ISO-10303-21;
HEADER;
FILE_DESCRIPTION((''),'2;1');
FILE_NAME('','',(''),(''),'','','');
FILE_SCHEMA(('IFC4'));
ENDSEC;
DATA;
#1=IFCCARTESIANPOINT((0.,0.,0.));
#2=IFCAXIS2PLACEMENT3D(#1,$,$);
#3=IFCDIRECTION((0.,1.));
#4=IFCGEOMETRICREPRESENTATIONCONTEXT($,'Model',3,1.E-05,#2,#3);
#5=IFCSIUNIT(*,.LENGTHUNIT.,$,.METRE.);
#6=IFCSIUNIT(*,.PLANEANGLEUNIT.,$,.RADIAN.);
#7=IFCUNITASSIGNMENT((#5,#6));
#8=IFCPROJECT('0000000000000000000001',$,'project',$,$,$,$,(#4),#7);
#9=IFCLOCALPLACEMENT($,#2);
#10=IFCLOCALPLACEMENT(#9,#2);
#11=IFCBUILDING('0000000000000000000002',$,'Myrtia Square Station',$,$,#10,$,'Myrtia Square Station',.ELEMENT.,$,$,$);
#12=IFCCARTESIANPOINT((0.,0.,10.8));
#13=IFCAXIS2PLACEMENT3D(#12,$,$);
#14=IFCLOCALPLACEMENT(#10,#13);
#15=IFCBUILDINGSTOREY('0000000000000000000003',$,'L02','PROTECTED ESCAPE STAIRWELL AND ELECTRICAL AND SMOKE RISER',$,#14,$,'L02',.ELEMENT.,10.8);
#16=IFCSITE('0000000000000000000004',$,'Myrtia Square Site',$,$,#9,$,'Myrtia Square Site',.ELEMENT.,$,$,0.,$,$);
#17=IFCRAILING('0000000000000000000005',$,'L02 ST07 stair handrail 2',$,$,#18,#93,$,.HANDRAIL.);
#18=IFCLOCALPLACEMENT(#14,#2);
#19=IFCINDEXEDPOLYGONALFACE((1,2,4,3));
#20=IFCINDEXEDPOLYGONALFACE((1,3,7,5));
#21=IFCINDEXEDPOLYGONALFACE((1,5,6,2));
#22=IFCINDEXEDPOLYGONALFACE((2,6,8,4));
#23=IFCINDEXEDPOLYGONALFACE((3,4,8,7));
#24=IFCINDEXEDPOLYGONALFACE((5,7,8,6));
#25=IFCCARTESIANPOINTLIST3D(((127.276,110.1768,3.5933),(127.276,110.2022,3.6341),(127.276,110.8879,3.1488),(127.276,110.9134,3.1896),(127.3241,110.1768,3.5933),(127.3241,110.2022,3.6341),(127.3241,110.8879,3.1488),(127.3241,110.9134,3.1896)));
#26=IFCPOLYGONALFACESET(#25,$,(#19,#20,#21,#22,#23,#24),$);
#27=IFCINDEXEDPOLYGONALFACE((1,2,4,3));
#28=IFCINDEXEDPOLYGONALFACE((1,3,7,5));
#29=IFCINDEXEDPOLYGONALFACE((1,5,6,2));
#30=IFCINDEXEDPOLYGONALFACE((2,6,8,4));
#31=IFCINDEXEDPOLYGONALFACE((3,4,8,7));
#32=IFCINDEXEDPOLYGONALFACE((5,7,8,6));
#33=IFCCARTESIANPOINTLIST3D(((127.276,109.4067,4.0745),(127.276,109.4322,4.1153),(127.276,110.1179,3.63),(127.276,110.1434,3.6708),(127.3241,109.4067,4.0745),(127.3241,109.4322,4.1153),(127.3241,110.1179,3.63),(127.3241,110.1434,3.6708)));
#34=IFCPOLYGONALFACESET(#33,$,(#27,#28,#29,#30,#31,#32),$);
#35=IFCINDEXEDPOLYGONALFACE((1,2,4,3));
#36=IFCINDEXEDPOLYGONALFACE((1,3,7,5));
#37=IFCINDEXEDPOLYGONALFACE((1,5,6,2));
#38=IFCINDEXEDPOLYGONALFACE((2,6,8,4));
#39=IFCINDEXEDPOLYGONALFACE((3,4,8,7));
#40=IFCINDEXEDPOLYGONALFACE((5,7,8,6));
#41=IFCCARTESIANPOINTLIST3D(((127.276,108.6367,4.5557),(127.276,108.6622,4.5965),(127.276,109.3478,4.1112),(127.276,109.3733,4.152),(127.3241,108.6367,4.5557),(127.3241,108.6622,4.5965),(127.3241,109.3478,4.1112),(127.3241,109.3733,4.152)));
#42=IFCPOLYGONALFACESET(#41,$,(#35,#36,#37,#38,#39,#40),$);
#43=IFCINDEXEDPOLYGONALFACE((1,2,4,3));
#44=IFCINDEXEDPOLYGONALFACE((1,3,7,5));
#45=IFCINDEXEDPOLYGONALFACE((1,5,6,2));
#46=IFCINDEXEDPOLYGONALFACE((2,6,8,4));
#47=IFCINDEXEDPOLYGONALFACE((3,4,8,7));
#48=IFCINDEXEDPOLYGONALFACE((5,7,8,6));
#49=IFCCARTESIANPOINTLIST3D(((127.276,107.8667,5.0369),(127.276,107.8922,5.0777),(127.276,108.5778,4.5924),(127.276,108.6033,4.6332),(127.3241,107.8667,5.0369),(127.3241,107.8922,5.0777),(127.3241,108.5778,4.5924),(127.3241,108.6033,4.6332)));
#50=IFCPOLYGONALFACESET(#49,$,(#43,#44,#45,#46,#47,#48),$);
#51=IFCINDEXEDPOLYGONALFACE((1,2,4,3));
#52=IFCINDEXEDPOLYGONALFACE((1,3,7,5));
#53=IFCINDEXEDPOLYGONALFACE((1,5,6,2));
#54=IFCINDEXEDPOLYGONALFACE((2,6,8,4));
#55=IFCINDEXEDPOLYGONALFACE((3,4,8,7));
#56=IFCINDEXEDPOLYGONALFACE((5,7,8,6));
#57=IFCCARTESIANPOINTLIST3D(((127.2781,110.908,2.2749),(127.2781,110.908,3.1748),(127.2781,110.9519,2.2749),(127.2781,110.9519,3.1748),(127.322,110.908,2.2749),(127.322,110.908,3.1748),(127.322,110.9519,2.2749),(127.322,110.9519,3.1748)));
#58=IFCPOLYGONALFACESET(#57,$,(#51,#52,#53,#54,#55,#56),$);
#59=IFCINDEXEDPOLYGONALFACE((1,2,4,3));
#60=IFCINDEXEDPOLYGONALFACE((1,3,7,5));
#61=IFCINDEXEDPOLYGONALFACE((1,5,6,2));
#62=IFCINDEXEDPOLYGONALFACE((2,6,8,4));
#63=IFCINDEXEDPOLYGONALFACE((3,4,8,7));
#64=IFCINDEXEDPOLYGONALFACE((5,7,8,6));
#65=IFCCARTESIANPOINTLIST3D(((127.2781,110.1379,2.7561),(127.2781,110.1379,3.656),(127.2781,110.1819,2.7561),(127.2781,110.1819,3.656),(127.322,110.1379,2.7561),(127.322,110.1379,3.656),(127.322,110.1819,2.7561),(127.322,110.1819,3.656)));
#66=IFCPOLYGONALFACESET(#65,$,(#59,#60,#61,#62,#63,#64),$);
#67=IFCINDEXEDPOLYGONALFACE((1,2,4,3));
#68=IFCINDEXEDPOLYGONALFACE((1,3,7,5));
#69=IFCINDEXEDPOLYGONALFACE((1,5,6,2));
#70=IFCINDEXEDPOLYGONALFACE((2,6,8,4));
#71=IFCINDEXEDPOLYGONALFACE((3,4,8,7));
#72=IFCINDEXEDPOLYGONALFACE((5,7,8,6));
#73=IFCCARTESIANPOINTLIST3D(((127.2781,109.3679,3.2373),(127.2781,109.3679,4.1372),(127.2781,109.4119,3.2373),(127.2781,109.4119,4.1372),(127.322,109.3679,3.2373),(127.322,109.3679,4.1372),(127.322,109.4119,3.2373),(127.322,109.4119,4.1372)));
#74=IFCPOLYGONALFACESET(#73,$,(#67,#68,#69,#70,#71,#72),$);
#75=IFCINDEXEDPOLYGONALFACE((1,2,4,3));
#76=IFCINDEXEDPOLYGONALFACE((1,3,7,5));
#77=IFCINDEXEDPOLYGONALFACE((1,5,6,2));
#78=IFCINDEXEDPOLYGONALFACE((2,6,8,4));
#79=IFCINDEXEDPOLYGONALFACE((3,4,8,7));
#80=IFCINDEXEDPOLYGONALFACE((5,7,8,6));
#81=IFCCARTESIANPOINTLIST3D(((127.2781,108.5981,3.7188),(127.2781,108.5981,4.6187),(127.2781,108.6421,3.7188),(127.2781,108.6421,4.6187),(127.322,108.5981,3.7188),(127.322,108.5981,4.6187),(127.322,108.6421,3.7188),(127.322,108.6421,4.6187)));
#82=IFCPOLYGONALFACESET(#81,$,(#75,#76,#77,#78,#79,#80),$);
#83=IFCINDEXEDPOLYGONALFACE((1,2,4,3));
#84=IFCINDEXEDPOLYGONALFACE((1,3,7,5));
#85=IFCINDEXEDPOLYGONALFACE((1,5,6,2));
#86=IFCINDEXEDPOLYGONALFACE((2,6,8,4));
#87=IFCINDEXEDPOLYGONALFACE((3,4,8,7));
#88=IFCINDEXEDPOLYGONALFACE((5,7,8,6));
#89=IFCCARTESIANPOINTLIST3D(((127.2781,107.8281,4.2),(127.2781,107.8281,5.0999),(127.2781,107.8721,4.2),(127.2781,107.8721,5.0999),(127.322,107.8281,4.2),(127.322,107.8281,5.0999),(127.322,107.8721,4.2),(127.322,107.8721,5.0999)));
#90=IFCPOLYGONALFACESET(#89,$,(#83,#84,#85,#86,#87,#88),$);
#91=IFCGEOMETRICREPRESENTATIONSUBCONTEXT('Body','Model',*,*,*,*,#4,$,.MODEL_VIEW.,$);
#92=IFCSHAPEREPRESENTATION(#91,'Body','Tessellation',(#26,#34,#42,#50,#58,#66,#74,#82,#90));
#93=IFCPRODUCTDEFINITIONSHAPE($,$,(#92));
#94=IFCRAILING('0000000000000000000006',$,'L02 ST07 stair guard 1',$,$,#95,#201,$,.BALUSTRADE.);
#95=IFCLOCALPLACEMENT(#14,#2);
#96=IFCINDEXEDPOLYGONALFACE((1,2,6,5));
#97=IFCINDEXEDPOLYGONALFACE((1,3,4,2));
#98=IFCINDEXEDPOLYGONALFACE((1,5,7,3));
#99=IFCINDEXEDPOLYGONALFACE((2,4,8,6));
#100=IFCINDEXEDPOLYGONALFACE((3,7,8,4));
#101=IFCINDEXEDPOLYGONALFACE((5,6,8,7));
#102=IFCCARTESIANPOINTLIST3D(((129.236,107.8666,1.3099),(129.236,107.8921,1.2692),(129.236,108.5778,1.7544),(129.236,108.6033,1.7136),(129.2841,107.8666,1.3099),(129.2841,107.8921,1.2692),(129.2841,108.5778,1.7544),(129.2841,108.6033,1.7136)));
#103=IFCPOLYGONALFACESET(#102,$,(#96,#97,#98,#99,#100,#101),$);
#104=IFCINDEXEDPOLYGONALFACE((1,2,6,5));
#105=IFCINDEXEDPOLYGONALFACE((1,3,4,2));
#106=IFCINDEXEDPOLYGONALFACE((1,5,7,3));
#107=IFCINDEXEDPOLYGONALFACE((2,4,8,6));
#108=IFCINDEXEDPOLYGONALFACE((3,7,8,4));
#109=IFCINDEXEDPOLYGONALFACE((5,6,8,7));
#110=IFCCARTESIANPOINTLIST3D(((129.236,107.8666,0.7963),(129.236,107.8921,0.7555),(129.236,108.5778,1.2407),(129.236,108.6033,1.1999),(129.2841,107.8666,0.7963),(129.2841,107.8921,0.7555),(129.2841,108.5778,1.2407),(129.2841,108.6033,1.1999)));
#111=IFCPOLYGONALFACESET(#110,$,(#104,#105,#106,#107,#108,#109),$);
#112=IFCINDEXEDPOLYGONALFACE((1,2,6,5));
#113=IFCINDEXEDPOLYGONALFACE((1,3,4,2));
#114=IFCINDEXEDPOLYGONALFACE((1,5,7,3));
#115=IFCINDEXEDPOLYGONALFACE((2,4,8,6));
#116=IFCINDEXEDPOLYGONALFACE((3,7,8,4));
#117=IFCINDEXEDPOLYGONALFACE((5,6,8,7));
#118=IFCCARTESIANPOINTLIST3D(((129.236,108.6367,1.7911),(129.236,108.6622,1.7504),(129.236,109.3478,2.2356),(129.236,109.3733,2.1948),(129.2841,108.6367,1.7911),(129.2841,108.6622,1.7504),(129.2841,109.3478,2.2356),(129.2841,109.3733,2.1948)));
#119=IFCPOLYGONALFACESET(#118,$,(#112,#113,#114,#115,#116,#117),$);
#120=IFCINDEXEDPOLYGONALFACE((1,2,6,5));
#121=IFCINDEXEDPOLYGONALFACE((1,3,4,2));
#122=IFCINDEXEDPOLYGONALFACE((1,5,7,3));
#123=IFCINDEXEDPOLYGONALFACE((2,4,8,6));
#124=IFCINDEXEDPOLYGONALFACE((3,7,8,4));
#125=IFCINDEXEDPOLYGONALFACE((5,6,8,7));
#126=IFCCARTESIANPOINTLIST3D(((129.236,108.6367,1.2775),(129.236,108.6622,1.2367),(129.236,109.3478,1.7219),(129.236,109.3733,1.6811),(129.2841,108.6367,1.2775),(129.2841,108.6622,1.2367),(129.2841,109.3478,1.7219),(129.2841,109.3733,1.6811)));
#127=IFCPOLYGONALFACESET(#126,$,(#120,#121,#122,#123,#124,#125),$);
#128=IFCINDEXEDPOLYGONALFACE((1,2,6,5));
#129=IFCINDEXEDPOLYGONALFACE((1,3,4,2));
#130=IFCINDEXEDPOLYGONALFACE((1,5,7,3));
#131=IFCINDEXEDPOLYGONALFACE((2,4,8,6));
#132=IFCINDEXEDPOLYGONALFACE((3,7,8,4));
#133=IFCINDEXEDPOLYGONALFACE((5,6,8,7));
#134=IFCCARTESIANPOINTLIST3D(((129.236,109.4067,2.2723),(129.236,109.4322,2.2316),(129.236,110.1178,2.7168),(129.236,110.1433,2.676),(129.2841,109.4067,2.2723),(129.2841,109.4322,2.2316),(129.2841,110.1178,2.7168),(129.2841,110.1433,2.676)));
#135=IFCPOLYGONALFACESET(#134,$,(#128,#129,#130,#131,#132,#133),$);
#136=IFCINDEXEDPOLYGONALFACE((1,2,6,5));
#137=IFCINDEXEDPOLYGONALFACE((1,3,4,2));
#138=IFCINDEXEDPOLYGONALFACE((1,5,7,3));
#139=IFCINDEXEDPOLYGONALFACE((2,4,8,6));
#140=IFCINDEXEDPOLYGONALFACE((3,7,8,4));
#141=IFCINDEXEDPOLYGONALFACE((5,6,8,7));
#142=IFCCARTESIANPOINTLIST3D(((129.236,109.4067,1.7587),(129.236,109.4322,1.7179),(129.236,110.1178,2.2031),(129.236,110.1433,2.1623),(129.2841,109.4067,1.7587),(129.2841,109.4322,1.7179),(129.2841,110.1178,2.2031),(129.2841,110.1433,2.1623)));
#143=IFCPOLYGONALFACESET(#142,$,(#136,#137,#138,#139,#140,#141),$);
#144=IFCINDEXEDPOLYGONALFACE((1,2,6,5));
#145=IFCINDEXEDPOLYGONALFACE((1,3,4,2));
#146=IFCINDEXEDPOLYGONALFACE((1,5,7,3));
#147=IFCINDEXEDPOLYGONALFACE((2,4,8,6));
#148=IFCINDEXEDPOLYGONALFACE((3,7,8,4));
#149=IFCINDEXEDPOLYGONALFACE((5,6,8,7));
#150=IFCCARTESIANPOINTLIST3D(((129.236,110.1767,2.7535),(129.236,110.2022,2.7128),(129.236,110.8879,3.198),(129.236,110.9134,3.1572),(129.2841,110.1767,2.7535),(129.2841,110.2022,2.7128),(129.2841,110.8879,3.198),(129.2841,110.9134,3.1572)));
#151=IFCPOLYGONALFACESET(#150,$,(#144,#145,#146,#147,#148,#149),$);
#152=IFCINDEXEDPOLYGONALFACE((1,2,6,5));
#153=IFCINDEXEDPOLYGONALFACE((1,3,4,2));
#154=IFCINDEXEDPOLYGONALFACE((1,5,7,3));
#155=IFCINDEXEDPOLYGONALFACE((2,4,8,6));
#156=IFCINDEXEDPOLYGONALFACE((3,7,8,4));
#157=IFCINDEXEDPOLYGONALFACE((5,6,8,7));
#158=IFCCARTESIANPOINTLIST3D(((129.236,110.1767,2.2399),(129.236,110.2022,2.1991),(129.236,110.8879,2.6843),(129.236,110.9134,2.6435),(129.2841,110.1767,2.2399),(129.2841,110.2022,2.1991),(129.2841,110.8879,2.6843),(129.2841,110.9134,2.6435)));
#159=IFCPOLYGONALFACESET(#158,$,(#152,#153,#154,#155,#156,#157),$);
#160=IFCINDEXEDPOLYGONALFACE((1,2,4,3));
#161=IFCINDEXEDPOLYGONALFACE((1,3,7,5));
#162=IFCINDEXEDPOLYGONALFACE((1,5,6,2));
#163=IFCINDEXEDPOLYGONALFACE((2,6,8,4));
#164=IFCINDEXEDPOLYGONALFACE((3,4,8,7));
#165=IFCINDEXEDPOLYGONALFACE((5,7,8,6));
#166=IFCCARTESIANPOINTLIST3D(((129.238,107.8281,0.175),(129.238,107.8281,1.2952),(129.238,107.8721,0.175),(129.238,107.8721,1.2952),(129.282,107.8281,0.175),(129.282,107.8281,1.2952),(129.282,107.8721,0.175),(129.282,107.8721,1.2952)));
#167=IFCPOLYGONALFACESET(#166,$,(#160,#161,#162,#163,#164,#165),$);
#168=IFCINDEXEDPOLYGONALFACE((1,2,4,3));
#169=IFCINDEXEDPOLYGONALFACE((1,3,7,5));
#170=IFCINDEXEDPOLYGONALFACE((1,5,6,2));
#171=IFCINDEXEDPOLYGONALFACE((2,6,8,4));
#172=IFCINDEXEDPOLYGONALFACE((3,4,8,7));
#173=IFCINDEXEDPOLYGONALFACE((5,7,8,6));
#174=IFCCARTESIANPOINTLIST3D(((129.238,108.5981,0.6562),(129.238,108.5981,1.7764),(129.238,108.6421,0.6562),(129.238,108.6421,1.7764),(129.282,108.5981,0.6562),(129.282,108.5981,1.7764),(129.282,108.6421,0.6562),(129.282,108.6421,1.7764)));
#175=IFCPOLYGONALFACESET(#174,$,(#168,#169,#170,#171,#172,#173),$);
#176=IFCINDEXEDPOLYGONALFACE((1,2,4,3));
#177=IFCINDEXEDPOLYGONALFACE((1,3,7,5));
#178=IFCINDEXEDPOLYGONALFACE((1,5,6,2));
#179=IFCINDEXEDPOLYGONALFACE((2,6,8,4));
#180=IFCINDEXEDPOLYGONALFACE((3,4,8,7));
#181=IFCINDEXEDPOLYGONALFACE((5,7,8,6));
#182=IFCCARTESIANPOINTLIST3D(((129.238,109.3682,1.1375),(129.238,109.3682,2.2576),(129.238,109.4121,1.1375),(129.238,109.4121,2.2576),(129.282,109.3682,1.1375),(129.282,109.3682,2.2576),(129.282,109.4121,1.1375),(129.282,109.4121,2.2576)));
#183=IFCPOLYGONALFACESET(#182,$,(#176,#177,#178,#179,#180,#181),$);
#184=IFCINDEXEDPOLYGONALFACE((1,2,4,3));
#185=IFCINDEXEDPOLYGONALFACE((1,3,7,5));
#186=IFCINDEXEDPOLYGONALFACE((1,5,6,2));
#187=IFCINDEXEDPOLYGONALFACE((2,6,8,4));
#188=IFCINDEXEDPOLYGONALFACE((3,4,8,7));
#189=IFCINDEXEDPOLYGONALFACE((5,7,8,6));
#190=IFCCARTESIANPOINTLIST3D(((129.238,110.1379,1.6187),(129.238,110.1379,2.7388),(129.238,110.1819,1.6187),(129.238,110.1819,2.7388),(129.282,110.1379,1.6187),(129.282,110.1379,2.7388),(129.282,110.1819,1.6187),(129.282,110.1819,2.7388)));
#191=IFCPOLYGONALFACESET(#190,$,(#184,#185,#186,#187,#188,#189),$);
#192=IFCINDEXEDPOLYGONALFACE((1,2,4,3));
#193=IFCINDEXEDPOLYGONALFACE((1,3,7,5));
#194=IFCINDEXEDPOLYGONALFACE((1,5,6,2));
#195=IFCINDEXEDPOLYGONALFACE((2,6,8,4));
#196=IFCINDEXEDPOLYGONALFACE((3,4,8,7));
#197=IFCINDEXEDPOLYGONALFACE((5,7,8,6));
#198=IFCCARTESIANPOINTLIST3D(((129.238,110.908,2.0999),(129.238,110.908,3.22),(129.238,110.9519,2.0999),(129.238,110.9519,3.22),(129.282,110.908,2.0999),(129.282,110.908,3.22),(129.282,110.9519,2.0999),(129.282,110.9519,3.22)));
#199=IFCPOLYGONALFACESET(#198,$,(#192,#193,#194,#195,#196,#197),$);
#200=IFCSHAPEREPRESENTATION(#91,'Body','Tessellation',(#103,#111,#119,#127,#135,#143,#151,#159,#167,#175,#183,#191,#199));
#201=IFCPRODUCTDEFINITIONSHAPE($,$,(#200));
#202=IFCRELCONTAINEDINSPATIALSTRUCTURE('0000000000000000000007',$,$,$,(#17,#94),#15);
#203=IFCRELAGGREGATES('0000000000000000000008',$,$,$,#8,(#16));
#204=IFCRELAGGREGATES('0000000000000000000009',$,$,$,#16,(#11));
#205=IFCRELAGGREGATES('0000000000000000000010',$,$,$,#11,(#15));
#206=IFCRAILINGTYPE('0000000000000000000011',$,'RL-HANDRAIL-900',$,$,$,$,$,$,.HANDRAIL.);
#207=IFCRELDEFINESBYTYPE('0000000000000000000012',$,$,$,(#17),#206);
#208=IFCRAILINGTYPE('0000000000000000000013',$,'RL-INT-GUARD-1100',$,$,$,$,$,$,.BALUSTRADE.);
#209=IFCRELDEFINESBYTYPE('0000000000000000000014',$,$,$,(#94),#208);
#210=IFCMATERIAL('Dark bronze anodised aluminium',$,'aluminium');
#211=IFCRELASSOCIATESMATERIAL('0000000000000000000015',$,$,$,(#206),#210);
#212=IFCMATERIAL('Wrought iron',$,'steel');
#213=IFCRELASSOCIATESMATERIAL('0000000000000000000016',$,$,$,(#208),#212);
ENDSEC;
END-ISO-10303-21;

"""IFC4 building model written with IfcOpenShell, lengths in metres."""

from ifc_helpers import new_model, si_unit, direction, frame, origin, origin_2d, place, context, subcontext, project, spatial, rectangle, extrude, material, type_object, element, save


model = new_model("IFC4")

# Units and contexts
model_context = context("Model", 3, precision=1e-05, world=origin(), true_north=direction((0.0, 1.0)))
body_context = subcontext(model_context, "Body", "Model", "MODEL_VIEW")
ifc_project = project(units=[si_unit("LENGTHUNIT", "METRE"), si_unit("PLANEANGLEUNIT", "RADIAN")], contexts=[model_context])

# Site, building, storey
site_placement = place(None, origin())
site = spatial("IfcSite", under=ifc_project, at=site_placement, Name="Myrtia Square Site", LongName="Myrtia Square Site", CompositionType="ELEMENT", RefElevation=0.0)
building_placement = place(site_placement, origin())
building = spatial("IfcBuilding", under=site, at=building_placement, Name="Myrtia Square Station", LongName="Myrtia Square Station", CompositionType="ELEMENT")
storey_placement = place(building_placement, frame((0.0, 0.0, 10.8)))
storey = spatial("IfcBuildingStorey", under=building, at=storey_placement, Name="L02", Description="PROTECTED ESCAPE STAIRWELL AND ELECTRICAL AND SMOKE RISER", LongName="L02", CompositionType="ELEMENT", Elevation=10.8)

# Railings
ifc_material_1 = material(Name="Dark bronze anodised aluminium", Category="aluminium")
railing_type_1 = type_object("IfcRailingType", Name="RL-HANDRAIL-900", PredefinedType="HANDRAIL", material=ifc_material_1)
railing_1_placement = place(storey_placement, frame((127.3, 110.9299, 2.2749)))
element("IfcRailing", 1, at=railing_1_placement, inside=storey, type_object=railing_type_1, Name="L02 ST07 stair handrail 2", PredefinedType="HANDRAIL", context=body_context, shape_type="SweptSolid", body=[
    extrude(rectangle(XDim=0.0481, YDim=0.0481, at=origin_2d()), frame((0.0, -0.0293, 0.8943), z_axis=(0.0, -0.847979, 0.530029), x_axis=(1.0, 0.0, 0.0)), (0.0, 0.0, 1.0), 0.8386),
    extrude(rectangle(XDim=0.0481, YDim=0.0481, at=origin_2d()), frame((0.0, -0.7993, 1.3755), z_axis=(0.0, -0.847979, 0.530029), x_axis=(1.0, 0.0, 0.0)), (0.0, 0.0, 1.0), 0.8386),
    extrude(rectangle(XDim=0.0481, YDim=0.0481, at=origin_2d()), frame((0.0, -1.5693, 1.8567), z_axis=(0.0, -0.847979, 0.530029), x_axis=(1.0, 0.0, 0.0)), (0.0, 0.0, 1.0), 0.8386),
    extrude(rectangle(XDim=0.0481, YDim=0.0481, at=origin_2d()), frame((0.0, -2.3394, 2.3379), z_axis=(0.0, -0.847979, 0.530029), x_axis=(1.0, 0.0, 0.0)), (0.0, 0.0, 1.0), 0.8386),
    extrude(rectangle(XDim=0.0439, YDim=0.0439, at=origin_2d()), origin(), (0.0, 0.0, 1.0), 0.8999),
    extrude(rectangle(XDim=0.0439, YDim=0.0439, at=origin_2d()), frame((0.0, -0.77, 0.4812)), (0.0, 0.0, 1.0), 0.8999),
    extrude(rectangle(XDim=0.0439, YDim=0.0439, at=origin_2d()), frame((0.0, -1.54, 0.9624)), (0.0, 0.0, 1.0), 0.8999),
    extrude(rectangle(XDim=0.0439, YDim=0.0439, at=origin_2d()), frame((0.0, -2.3098, 1.4438)), (0.0, 0.0, 1.0), 0.8999),
    extrude(rectangle(XDim=0.0439, YDim=0.0439, at=origin_2d()), frame((0.0, -3.0798, 1.925)), (0.0, 0.0, 1.0), 0.8999),
])
ifc_material_2 = material(Name="Wrought iron", Category="steel")
railing_type_2 = type_object("IfcRailingType", Name="RL-INT-GUARD-1100", PredefinedType="BALUSTRADE", material=ifc_material_2)
railing_2_placement = place(storey_placement, frame((129.26, 107.8501, 0.175)))
element("IfcRailing", 2, at=railing_2_placement, inside=storey, type_object=railing_type_2, Name="L02 ST07 stair guard 1", PredefinedType="BALUSTRADE", context=body_context, shape_type="SweptSolid", body=[
    extrude(rectangle(XDim=0.0481, YDim=0.0481, at=origin_2d()), frame((0.0, 0.0293, 1.1145), z_axis=(0.0, 0.84801, 0.529981), x_axis=(-1.0, 0.0, 0.0)), (0.0, 0.0, 1.0), 0.8386),
    extrude(rectangle(XDim=0.0481, YDim=0.0481, at=origin_2d()), frame((0.0, 0.0293, 0.6008), z_axis=(0.0, 0.84801, 0.529981), x_axis=(-1.0, 0.0, 0.0)), (0.0, 0.0, 1.0), 0.8386),
    extrude(rectangle(XDim=0.0481, YDim=0.0481, at=origin_2d()), frame((0.0, 0.7993, 1.5957), z_axis=(0.0, 0.84801, 0.529981), x_axis=(-1.0, 0.0, 0.0)), (0.0, 0.0, 1.0), 0.8386),
    extrude(rectangle(XDim=0.0481, YDim=0.0481, at=origin_2d()), frame((0.0, 0.7993, 1.082), z_axis=(0.0, 0.84801, 0.529981), x_axis=(-1.0, 0.0, 0.0)), (0.0, 0.0, 1.0), 0.8386),
    extrude(rectangle(XDim=0.0481, YDim=0.0481, at=origin_2d()), frame((0.0, 1.5693, 2.0769), z_axis=(0.0, 0.84801, 0.529981), x_axis=(-1.0, 0.0, 0.0)), (0.0, 0.0, 1.0), 0.8386),
    extrude(rectangle(XDim=0.0481, YDim=0.0481, at=origin_2d()), frame((0.0, 1.5693, 1.5632), z_axis=(0.0, 0.84801, 0.529981), x_axis=(-1.0, 0.0, 0.0)), (0.0, 0.0, 1.0), 0.8386),
    extrude(rectangle(XDim=0.0481, YDim=0.0481, at=origin_2d()), frame((0.0, 2.3394, 2.5581), z_axis=(0.0, 0.84801, 0.529981), x_axis=(-1.0, 0.0, 0.0)), (0.0, 0.0, 1.0), 0.8386),
    extrude(rectangle(XDim=0.0481, YDim=0.0481, at=origin_2d()), frame((0.0, 2.3394, 2.0444), z_axis=(0.0, 0.84801, 0.529981), x_axis=(-1.0, 0.0, 0.0)), (0.0, 0.0, 1.0), 0.8386),
    extrude(rectangle(XDim=0.0439, YDim=0.0439, at=origin_2d()), origin(), (0.0, 0.0, 1.0), 1.1201),
    extrude(rectangle(XDim=0.0439, YDim=0.0439, at=origin_2d()), frame((0.0, 0.77, 0.4812)), (0.0, 0.0, 1.0), 1.1201),
    extrude(rectangle(XDim=0.0439, YDim=0.0439, at=origin_2d()), frame((0.0, 1.54, 0.9624)), (0.0, 0.0, 1.0), 1.1201),
    extrude(rectangle(XDim=0.0439, YDim=0.0439, at=origin_2d()), frame((0.0, 2.3098, 1.4436)), (0.0, 0.0, 1.0), 1.1201),
    extrude(rectangle(XDim=0.0439, YDim=0.0439, at=origin_2d()), frame((0.0, 3.0798, 1.9248)), (0.0, 0.0, 1.0), 1.1201),
])

save(model, "model.ifc")
